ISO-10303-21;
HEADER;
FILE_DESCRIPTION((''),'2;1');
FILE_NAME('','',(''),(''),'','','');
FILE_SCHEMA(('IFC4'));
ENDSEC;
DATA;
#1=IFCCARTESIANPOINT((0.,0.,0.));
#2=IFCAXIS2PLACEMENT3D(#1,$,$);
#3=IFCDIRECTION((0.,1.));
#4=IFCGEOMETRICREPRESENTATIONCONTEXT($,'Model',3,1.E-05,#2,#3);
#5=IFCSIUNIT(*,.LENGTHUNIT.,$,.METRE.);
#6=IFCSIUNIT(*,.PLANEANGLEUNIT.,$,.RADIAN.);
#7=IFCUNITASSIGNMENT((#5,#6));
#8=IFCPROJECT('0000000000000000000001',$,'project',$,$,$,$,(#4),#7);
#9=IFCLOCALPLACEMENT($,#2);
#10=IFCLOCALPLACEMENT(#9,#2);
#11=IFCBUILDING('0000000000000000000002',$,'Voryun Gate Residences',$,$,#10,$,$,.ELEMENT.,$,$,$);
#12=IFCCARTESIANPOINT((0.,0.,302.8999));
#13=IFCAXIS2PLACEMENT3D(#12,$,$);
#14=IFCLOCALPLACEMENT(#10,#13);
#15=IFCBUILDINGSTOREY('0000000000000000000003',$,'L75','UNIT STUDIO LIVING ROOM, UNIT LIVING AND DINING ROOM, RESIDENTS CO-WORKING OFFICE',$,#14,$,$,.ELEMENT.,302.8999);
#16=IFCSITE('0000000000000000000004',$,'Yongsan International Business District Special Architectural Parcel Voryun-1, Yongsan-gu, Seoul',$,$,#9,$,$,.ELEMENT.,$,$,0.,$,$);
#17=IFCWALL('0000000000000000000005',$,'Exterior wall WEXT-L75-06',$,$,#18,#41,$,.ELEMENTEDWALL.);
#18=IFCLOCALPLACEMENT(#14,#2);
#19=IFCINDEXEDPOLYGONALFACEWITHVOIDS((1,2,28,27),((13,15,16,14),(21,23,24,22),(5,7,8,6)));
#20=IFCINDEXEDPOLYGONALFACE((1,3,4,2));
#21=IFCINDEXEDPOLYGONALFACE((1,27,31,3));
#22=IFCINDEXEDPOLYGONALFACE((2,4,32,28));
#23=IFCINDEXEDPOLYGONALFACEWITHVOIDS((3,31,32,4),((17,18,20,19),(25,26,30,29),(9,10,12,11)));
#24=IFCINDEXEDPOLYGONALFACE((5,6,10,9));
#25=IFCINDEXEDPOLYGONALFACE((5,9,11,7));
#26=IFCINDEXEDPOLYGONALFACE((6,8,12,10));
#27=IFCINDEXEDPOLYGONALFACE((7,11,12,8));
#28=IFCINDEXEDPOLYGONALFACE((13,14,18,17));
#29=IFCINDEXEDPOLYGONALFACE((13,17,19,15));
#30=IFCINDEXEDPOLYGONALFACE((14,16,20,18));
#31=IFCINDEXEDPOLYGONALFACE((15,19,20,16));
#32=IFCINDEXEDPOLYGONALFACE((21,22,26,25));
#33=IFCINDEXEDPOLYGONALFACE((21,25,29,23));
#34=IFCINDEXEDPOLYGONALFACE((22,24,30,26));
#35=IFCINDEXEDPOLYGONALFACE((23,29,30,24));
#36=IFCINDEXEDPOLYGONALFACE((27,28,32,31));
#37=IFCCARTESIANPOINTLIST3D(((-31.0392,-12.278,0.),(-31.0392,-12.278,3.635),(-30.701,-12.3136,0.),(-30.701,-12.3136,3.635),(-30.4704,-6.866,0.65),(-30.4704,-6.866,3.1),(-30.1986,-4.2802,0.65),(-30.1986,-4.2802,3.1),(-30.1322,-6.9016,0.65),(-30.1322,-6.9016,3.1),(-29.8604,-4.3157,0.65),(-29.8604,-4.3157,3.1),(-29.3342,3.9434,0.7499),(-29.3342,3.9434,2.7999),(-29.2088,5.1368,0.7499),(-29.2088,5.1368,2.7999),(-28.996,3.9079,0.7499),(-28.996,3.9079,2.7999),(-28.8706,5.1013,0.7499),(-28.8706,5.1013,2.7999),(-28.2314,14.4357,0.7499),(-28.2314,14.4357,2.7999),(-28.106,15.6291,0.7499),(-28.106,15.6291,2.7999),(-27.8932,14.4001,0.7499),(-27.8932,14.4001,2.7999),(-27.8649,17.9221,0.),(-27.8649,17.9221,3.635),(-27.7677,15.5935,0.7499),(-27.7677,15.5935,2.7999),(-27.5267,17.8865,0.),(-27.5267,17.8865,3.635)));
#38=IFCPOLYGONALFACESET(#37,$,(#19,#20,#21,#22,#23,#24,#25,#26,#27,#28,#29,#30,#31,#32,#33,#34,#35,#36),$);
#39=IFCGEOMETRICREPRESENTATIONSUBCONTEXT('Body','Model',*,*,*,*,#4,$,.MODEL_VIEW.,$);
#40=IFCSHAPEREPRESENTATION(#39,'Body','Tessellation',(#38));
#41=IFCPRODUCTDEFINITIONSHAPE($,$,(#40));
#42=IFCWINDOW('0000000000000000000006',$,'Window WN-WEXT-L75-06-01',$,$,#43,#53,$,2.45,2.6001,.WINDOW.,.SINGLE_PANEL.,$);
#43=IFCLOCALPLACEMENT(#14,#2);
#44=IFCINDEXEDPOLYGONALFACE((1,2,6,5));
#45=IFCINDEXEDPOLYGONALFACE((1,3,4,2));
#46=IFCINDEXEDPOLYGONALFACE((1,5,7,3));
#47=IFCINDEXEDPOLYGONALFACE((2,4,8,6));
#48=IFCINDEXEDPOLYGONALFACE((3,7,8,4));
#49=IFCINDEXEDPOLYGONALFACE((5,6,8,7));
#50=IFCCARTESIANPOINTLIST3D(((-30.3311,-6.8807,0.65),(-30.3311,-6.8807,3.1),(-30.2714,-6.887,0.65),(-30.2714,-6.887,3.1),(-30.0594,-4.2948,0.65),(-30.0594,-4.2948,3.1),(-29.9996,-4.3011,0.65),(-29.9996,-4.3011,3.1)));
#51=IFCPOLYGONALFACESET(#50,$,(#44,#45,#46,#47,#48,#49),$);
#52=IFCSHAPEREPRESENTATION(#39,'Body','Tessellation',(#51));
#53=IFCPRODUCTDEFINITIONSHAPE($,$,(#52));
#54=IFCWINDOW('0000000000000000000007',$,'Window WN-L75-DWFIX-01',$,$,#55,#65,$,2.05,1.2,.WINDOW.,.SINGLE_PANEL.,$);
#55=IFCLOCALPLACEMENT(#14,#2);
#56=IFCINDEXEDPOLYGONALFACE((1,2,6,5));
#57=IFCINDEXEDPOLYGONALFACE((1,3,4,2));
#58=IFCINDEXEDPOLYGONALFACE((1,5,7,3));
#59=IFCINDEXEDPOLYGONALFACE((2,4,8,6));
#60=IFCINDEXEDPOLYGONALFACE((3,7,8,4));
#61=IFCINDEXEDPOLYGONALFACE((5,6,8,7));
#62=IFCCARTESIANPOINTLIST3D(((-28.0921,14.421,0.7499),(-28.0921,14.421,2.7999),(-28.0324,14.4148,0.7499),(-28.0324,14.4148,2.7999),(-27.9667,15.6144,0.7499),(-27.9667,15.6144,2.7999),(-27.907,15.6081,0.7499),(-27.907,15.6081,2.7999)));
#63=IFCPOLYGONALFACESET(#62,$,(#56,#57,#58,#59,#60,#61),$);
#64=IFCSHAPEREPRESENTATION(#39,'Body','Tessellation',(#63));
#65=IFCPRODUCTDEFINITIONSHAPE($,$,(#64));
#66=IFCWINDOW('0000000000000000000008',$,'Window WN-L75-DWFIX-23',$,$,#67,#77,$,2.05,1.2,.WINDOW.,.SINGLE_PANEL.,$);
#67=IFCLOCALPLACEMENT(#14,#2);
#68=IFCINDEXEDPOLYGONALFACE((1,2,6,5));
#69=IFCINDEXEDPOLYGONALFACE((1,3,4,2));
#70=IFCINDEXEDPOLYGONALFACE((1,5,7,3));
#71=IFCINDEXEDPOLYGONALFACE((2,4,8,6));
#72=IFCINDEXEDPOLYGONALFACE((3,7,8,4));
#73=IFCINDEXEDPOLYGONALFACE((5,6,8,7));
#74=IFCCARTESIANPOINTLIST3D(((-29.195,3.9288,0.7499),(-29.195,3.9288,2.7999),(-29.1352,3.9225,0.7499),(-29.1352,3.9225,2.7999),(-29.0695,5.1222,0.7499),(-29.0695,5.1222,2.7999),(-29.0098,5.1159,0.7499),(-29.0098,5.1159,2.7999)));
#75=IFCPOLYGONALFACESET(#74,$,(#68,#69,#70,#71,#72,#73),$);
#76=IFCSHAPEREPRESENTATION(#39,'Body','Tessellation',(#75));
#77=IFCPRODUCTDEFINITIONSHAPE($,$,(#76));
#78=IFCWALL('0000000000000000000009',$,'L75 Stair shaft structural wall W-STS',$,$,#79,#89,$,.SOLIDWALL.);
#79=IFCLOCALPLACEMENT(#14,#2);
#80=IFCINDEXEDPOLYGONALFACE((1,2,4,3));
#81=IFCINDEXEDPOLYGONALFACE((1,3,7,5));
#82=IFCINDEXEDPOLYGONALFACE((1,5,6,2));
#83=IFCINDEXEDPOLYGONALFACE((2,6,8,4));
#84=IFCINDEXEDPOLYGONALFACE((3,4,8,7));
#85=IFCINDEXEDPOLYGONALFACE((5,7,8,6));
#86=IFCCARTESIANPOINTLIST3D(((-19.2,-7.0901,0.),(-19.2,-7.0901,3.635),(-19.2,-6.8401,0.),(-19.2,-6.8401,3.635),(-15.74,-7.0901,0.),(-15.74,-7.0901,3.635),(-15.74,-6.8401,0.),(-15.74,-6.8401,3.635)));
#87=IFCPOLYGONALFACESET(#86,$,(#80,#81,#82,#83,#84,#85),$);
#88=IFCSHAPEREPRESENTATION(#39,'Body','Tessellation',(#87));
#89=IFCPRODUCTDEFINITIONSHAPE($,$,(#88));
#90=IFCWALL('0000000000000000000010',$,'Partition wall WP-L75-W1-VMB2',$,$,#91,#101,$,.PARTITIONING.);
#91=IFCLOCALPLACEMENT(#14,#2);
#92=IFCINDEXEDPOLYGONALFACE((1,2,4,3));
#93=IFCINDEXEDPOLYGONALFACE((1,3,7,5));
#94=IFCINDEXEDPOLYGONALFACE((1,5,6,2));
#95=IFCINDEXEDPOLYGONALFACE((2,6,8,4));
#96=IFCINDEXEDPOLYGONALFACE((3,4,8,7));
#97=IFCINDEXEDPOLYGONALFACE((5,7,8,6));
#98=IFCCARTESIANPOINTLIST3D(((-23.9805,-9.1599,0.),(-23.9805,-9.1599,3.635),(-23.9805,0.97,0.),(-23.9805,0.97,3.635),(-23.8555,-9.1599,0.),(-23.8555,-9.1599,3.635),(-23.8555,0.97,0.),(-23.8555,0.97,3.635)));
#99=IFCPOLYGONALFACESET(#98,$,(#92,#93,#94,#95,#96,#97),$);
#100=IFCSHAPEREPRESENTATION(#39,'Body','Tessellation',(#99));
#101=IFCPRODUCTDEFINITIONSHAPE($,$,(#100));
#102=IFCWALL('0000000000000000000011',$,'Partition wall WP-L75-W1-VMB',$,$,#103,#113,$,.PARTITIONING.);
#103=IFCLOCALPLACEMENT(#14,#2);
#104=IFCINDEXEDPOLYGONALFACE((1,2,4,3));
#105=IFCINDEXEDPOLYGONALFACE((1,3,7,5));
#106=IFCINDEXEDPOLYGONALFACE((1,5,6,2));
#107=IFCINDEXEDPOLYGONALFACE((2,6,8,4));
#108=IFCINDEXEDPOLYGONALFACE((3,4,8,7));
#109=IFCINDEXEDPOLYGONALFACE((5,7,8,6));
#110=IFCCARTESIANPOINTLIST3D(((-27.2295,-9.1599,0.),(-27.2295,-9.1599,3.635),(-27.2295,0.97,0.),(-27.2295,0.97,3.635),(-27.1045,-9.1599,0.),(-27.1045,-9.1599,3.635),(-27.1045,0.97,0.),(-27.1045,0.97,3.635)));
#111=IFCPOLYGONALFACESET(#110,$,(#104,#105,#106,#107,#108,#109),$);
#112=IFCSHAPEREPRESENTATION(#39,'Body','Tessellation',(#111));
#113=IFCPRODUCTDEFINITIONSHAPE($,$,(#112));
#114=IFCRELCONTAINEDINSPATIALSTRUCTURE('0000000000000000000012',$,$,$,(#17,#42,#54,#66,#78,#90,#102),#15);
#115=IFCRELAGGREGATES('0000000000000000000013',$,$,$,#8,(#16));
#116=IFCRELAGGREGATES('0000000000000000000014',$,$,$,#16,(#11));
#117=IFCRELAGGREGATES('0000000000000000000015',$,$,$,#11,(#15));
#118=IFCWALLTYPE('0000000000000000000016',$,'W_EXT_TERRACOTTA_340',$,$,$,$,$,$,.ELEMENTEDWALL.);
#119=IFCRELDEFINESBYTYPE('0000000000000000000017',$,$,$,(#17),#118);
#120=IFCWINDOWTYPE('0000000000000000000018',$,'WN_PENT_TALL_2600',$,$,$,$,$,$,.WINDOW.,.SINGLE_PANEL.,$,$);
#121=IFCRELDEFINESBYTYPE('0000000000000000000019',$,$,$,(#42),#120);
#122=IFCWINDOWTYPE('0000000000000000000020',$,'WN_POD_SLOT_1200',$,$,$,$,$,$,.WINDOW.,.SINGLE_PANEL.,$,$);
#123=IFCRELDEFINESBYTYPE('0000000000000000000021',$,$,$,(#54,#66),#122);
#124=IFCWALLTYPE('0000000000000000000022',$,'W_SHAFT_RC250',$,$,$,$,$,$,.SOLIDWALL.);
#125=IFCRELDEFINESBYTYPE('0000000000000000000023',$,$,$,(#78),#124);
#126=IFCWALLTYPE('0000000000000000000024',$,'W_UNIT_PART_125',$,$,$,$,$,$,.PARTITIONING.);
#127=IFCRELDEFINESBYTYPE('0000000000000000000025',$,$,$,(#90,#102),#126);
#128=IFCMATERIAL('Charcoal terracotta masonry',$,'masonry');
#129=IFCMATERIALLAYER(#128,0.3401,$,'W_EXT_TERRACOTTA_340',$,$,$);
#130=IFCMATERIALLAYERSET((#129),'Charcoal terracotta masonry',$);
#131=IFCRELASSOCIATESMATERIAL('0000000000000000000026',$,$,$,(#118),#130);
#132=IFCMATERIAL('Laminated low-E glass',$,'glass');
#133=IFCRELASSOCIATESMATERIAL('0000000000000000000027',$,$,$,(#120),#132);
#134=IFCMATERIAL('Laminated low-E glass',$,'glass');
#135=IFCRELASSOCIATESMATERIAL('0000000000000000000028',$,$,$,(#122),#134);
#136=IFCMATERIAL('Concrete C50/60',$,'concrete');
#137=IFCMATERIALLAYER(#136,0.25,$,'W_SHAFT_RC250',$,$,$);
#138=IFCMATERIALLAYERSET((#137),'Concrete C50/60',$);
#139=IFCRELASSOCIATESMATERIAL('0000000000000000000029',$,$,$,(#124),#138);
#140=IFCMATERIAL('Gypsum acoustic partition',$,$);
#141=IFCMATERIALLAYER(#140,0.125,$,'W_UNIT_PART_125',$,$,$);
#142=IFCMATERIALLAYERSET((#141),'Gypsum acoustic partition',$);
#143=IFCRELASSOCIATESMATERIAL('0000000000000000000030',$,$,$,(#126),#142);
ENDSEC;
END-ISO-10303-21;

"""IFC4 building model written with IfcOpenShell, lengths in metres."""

from ifc_helpers import new_model, si_unit, direction, frame, frame_2d, origin, place, context, subcontext, project, spatial, rectangle, extrude, material, layer, layer_set, type_object, element, fill, save


model = new_model("IFC4")

# Units and contexts
model_context = context("Model", 3, precision=1e-05, world=origin(), true_north=direction((0.0, 1.0)))
body_context = subcontext(model_context, "Body", "Model", "MODEL_VIEW")
ifc_project = project(units=[si_unit("LENGTHUNIT", "METRE"), si_unit("PLANEANGLEUNIT", "RADIAN")], contexts=[model_context])

# Site, building, storey
site_placement = place(None, origin())
site = spatial("IfcSite", under=ifc_project, at=site_placement, Name="Yongsan International Business District Special Architectural Parcel Voryun-1, Yongsan-gu, Seoul", CompositionType="ELEMENT", RefElevation=0.0)
building_placement = place(site_placement, origin())
building = spatial("IfcBuilding", under=site, at=building_placement, Name="Voryun Gate Residences", CompositionType="ELEMENT")
storey_placement = place(building_placement, frame((0.0, 0.0, 302.8999)))
storey = spatial("IfcBuildingStorey", under=building, at=storey_placement, Name="L75", Description="UNIT STUDIO LIVING ROOM, UNIT LIVING AND DINING ROOM, RESIDENTS CO-WORKING OFFICE", CompositionType="ELEMENT", Elevation=302.8999)

# Wall, openings, windows
ifc_material_1 = material(Name="Charcoal terracotta masonry", Category="masonry")
ifc_layer_1 = layer(ifc_material_1, 0.3401, Name="W_EXT_TERRACOTTA_340")
ifc_layer_set_1 = layer_set([ifc_layer_1], Name="Charcoal terracotta masonry")
wall_type_1 = type_object("IfcWallType", Name="W_EXT_TERRACOTTA_340", PredefinedType="ELEMENTEDWALL", material=ifc_layer_set_1)
wall_1_placement = place(storey_placement, frame((-30.8701, -12.2957, 0.0), z_axis=(0.0, 0.0, 1.0), x_axis=(0.104533, 0.994521, 0.0)))
wall_1 = element("IfcWall", 1, at=wall_1_placement, inside=storey, type_object=wall_type_1, Name="Exterior wall WEXT-L75-06", PredefinedType="ELEMENTEDWALL", context=body_context, shape_type="SweptSolid", body=[
    extrude(rectangle(XDim=30.3665, YDim=0.3401, at=frame_2d((15.1831, 0.0))), origin(), (0.0, 0.0, 1.0), 3.635),
])
opening_1_placement = place(wall_1_placement, frame((5.4417, 0.0, 0.6499)))
opening_1 = element("IfcOpeningElement", 2, at=opening_1_placement, cuts=wall_1, PredefinedType="OPENING", context=body_context, shape_type="SweptSolid", body=[
    extrude(rectangle(XDim=2.6001, YDim=2.45, at=frame_2d((1.3, 1.2251))), frame((0.0, 0.1799, 0.0), z_axis=(0.0, -1.0, 0.0), x_axis=(1.0, 0.0, 0.0)), (0.0, 0.0, 1.0), 0.3601),
])
opening_2_placement = place(wall_1_placement, frame((26.8606, 0.0, 0.75)))
opening_2 = element("IfcOpeningElement", 3, at=opening_2_placement, cuts=wall_1, PredefinedType="OPENING", context=body_context, shape_type="SweptSolid", body=[
    extrude(rectangle(XDim=1.2, YDim=2.05, at=frame_2d((0.6001, 1.0249))), frame((0.0, 0.1799, 0.0), z_axis=(0.0, -1.0, 0.0), x_axis=(1.0, 0.0, 0.0)), (0.0, 0.0, 1.0), 0.3601),
])
opening_3_placement = place(wall_1_placement, frame((16.3105, 0.0, 0.75)))
opening_3 = element("IfcOpeningElement", 4, at=opening_3_placement, cuts=wall_1, PredefinedType="OPENING", context=body_context, shape_type="SweptSolid", body=[
    extrude(rectangle(XDim=1.2, YDim=2.05, at=frame_2d((0.6001, 1.0249))), frame((0.0, 0.1799, 0.0), z_axis=(0.0, -1.0, 0.0), x_axis=(1.0, 0.0, 0.0)), (0.0, 0.0, 1.0), 0.3601),
])
ifc_material_2 = material(Name="Laminated low-E glass", Category="glass")
window_type_1 = type_object("IfcWindowType", Name="WN_PENT_TALL_2600", PartitioningType="SINGLE_PANEL", PredefinedType="WINDOW", material=ifc_material_2)
window_1_placement = place(opening_1_placement, origin())
window_1 = element("IfcWindow", 5, at=window_1_placement, inside=storey, type_object=window_type_1, Name="Window WN-WEXT-L75-06-01", OverallHeight=2.45, OverallWidth=2.6001, PartitioningType="SINGLE_PANEL", PredefinedType="WINDOW", context=body_context, shape_type="SweptSolid", body=[
    extrude(rectangle(XDim=2.6001, YDim=2.45, at=frame_2d((1.3, 1.2251))), frame((0.0, 0.03, 0.0), z_axis=(0.0, -1.0, 0.0), x_axis=(1.0, 0.0, 0.0)), (0.0, 0.0, 1.0), 0.0601),
])
fill(opening_1, window_1)
ifc_material_3 = material(Name="Laminated low-E glass", Category="glass")
window_type_2 = type_object("IfcWindowType", Name="WN_POD_SLOT_1200", PartitioningType="SINGLE_PANEL", PredefinedType="WINDOW", material=ifc_material_3)
window_2_placement = place(opening_2_placement, origin())
window_2 = element("IfcWindow", 6, at=window_2_placement, inside=storey, type_object=window_type_2, Name="Window WN-L75-DWFIX-01", OverallHeight=2.05, OverallWidth=1.2, PartitioningType="SINGLE_PANEL", PredefinedType="WINDOW", context=body_context, shape_type="SweptSolid", body=[
    extrude(rectangle(XDim=1.2, YDim=2.05, at=frame_2d((0.6001, 1.0249))), frame((0.0, 0.03, 0.0), z_axis=(0.0, -1.0, 0.0), x_axis=(1.0, 0.0, 0.0)), (0.0, 0.0, 1.0), 0.0601),
])
fill(opening_2, window_2)
window_3_placement = place(opening_3_placement, origin())
window_3 = element("IfcWindow", 7, at=window_3_placement, inside=storey, type_object=window_type_2, Name="Window WN-L75-DWFIX-23", OverallHeight=2.05, OverallWidth=1.2, PartitioningType="SINGLE_PANEL", PredefinedType="WINDOW", context=body_context, shape_type="SweptSolid", body=[
    extrude(rectangle(XDim=1.2, YDim=2.05, at=frame_2d((0.6001, 1.0249))), frame((0.0, 0.03, 0.0), z_axis=(0.0, -1.0, 0.0), x_axis=(1.0, 0.0, 0.0)), (0.0, 0.0, 1.0), 0.0601),
])
fill(opening_3, window_3)

# Walls
ifc_material_4 = material(Name="Concrete C50/60", Category="concrete")
ifc_layer_2 = layer(ifc_material_4, 0.25, Name="W_SHAFT_RC250")
ifc_layer_set_2 = layer_set([ifc_layer_2], Name="Concrete C50/60")
wall_type_2 = type_object("IfcWallType", Name="W_SHAFT_RC250", PredefinedType="SOLIDWALL", material=ifc_layer_set_2)
wall_2_placement = place(storey_placement, frame((-19.2, -6.9651, 0.0), z_axis=(0.0, 0.0, 1.0), x_axis=(1.0, 0.0, 0.0)))
element("IfcWall", 8, at=wall_2_placement, inside=storey, type_object=wall_type_2, Name="L75 Stair shaft structural wall W-STS", PredefinedType="SOLIDWALL", context=body_context, shape_type="SweptSolid", body=[
    extrude(rectangle(XDim=3.46, YDim=0.25, at=frame_2d((1.73, 0.0))), origin(), (0.0, 0.0, 1.0), 3.635),
])
ifc_material_5 = material(Name="Gypsum acoustic partition")
ifc_layer_3 = layer(ifc_material_5, 0.125, Name="W_UNIT_PART_125")
ifc_layer_set_3 = layer_set([ifc_layer_3], Name="Gypsum acoustic partition")
wall_type_3 = type_object("IfcWallType", Name="W_UNIT_PART_125", PredefinedType="PARTITIONING", material=ifc_layer_set_3)
for number, where, z_axis, x_axis, name in (
    (9, (-23.918, -9.1599, 0.0), (0.0, 0.0, 1.0), (0.0, 1.0, 0.0), "Partition wall WP-L75-W1-VMB2"),
    (10, (-27.167, -9.1599, 0.0), (0.0, 0.0, 1.0), (0.0, 1.0, 0.0), "Partition wall WP-L75-W1-VMB"),
):
    element("IfcWall", number, at=place(storey_placement, frame(where, z_axis=z_axis, x_axis=x_axis)), inside=storey, type_object=wall_type_3, Name=name, PredefinedType="PARTITIONING", context=body_context, shape_type="SweptSolid", body=[
        extrude(rectangle(XDim=10.1299, YDim=0.125, at=frame_2d((5.0649, 0.0))), origin(), (0.0, 0.0, 1.0), 3.635),
    ])

save(model, "model.ifc")
